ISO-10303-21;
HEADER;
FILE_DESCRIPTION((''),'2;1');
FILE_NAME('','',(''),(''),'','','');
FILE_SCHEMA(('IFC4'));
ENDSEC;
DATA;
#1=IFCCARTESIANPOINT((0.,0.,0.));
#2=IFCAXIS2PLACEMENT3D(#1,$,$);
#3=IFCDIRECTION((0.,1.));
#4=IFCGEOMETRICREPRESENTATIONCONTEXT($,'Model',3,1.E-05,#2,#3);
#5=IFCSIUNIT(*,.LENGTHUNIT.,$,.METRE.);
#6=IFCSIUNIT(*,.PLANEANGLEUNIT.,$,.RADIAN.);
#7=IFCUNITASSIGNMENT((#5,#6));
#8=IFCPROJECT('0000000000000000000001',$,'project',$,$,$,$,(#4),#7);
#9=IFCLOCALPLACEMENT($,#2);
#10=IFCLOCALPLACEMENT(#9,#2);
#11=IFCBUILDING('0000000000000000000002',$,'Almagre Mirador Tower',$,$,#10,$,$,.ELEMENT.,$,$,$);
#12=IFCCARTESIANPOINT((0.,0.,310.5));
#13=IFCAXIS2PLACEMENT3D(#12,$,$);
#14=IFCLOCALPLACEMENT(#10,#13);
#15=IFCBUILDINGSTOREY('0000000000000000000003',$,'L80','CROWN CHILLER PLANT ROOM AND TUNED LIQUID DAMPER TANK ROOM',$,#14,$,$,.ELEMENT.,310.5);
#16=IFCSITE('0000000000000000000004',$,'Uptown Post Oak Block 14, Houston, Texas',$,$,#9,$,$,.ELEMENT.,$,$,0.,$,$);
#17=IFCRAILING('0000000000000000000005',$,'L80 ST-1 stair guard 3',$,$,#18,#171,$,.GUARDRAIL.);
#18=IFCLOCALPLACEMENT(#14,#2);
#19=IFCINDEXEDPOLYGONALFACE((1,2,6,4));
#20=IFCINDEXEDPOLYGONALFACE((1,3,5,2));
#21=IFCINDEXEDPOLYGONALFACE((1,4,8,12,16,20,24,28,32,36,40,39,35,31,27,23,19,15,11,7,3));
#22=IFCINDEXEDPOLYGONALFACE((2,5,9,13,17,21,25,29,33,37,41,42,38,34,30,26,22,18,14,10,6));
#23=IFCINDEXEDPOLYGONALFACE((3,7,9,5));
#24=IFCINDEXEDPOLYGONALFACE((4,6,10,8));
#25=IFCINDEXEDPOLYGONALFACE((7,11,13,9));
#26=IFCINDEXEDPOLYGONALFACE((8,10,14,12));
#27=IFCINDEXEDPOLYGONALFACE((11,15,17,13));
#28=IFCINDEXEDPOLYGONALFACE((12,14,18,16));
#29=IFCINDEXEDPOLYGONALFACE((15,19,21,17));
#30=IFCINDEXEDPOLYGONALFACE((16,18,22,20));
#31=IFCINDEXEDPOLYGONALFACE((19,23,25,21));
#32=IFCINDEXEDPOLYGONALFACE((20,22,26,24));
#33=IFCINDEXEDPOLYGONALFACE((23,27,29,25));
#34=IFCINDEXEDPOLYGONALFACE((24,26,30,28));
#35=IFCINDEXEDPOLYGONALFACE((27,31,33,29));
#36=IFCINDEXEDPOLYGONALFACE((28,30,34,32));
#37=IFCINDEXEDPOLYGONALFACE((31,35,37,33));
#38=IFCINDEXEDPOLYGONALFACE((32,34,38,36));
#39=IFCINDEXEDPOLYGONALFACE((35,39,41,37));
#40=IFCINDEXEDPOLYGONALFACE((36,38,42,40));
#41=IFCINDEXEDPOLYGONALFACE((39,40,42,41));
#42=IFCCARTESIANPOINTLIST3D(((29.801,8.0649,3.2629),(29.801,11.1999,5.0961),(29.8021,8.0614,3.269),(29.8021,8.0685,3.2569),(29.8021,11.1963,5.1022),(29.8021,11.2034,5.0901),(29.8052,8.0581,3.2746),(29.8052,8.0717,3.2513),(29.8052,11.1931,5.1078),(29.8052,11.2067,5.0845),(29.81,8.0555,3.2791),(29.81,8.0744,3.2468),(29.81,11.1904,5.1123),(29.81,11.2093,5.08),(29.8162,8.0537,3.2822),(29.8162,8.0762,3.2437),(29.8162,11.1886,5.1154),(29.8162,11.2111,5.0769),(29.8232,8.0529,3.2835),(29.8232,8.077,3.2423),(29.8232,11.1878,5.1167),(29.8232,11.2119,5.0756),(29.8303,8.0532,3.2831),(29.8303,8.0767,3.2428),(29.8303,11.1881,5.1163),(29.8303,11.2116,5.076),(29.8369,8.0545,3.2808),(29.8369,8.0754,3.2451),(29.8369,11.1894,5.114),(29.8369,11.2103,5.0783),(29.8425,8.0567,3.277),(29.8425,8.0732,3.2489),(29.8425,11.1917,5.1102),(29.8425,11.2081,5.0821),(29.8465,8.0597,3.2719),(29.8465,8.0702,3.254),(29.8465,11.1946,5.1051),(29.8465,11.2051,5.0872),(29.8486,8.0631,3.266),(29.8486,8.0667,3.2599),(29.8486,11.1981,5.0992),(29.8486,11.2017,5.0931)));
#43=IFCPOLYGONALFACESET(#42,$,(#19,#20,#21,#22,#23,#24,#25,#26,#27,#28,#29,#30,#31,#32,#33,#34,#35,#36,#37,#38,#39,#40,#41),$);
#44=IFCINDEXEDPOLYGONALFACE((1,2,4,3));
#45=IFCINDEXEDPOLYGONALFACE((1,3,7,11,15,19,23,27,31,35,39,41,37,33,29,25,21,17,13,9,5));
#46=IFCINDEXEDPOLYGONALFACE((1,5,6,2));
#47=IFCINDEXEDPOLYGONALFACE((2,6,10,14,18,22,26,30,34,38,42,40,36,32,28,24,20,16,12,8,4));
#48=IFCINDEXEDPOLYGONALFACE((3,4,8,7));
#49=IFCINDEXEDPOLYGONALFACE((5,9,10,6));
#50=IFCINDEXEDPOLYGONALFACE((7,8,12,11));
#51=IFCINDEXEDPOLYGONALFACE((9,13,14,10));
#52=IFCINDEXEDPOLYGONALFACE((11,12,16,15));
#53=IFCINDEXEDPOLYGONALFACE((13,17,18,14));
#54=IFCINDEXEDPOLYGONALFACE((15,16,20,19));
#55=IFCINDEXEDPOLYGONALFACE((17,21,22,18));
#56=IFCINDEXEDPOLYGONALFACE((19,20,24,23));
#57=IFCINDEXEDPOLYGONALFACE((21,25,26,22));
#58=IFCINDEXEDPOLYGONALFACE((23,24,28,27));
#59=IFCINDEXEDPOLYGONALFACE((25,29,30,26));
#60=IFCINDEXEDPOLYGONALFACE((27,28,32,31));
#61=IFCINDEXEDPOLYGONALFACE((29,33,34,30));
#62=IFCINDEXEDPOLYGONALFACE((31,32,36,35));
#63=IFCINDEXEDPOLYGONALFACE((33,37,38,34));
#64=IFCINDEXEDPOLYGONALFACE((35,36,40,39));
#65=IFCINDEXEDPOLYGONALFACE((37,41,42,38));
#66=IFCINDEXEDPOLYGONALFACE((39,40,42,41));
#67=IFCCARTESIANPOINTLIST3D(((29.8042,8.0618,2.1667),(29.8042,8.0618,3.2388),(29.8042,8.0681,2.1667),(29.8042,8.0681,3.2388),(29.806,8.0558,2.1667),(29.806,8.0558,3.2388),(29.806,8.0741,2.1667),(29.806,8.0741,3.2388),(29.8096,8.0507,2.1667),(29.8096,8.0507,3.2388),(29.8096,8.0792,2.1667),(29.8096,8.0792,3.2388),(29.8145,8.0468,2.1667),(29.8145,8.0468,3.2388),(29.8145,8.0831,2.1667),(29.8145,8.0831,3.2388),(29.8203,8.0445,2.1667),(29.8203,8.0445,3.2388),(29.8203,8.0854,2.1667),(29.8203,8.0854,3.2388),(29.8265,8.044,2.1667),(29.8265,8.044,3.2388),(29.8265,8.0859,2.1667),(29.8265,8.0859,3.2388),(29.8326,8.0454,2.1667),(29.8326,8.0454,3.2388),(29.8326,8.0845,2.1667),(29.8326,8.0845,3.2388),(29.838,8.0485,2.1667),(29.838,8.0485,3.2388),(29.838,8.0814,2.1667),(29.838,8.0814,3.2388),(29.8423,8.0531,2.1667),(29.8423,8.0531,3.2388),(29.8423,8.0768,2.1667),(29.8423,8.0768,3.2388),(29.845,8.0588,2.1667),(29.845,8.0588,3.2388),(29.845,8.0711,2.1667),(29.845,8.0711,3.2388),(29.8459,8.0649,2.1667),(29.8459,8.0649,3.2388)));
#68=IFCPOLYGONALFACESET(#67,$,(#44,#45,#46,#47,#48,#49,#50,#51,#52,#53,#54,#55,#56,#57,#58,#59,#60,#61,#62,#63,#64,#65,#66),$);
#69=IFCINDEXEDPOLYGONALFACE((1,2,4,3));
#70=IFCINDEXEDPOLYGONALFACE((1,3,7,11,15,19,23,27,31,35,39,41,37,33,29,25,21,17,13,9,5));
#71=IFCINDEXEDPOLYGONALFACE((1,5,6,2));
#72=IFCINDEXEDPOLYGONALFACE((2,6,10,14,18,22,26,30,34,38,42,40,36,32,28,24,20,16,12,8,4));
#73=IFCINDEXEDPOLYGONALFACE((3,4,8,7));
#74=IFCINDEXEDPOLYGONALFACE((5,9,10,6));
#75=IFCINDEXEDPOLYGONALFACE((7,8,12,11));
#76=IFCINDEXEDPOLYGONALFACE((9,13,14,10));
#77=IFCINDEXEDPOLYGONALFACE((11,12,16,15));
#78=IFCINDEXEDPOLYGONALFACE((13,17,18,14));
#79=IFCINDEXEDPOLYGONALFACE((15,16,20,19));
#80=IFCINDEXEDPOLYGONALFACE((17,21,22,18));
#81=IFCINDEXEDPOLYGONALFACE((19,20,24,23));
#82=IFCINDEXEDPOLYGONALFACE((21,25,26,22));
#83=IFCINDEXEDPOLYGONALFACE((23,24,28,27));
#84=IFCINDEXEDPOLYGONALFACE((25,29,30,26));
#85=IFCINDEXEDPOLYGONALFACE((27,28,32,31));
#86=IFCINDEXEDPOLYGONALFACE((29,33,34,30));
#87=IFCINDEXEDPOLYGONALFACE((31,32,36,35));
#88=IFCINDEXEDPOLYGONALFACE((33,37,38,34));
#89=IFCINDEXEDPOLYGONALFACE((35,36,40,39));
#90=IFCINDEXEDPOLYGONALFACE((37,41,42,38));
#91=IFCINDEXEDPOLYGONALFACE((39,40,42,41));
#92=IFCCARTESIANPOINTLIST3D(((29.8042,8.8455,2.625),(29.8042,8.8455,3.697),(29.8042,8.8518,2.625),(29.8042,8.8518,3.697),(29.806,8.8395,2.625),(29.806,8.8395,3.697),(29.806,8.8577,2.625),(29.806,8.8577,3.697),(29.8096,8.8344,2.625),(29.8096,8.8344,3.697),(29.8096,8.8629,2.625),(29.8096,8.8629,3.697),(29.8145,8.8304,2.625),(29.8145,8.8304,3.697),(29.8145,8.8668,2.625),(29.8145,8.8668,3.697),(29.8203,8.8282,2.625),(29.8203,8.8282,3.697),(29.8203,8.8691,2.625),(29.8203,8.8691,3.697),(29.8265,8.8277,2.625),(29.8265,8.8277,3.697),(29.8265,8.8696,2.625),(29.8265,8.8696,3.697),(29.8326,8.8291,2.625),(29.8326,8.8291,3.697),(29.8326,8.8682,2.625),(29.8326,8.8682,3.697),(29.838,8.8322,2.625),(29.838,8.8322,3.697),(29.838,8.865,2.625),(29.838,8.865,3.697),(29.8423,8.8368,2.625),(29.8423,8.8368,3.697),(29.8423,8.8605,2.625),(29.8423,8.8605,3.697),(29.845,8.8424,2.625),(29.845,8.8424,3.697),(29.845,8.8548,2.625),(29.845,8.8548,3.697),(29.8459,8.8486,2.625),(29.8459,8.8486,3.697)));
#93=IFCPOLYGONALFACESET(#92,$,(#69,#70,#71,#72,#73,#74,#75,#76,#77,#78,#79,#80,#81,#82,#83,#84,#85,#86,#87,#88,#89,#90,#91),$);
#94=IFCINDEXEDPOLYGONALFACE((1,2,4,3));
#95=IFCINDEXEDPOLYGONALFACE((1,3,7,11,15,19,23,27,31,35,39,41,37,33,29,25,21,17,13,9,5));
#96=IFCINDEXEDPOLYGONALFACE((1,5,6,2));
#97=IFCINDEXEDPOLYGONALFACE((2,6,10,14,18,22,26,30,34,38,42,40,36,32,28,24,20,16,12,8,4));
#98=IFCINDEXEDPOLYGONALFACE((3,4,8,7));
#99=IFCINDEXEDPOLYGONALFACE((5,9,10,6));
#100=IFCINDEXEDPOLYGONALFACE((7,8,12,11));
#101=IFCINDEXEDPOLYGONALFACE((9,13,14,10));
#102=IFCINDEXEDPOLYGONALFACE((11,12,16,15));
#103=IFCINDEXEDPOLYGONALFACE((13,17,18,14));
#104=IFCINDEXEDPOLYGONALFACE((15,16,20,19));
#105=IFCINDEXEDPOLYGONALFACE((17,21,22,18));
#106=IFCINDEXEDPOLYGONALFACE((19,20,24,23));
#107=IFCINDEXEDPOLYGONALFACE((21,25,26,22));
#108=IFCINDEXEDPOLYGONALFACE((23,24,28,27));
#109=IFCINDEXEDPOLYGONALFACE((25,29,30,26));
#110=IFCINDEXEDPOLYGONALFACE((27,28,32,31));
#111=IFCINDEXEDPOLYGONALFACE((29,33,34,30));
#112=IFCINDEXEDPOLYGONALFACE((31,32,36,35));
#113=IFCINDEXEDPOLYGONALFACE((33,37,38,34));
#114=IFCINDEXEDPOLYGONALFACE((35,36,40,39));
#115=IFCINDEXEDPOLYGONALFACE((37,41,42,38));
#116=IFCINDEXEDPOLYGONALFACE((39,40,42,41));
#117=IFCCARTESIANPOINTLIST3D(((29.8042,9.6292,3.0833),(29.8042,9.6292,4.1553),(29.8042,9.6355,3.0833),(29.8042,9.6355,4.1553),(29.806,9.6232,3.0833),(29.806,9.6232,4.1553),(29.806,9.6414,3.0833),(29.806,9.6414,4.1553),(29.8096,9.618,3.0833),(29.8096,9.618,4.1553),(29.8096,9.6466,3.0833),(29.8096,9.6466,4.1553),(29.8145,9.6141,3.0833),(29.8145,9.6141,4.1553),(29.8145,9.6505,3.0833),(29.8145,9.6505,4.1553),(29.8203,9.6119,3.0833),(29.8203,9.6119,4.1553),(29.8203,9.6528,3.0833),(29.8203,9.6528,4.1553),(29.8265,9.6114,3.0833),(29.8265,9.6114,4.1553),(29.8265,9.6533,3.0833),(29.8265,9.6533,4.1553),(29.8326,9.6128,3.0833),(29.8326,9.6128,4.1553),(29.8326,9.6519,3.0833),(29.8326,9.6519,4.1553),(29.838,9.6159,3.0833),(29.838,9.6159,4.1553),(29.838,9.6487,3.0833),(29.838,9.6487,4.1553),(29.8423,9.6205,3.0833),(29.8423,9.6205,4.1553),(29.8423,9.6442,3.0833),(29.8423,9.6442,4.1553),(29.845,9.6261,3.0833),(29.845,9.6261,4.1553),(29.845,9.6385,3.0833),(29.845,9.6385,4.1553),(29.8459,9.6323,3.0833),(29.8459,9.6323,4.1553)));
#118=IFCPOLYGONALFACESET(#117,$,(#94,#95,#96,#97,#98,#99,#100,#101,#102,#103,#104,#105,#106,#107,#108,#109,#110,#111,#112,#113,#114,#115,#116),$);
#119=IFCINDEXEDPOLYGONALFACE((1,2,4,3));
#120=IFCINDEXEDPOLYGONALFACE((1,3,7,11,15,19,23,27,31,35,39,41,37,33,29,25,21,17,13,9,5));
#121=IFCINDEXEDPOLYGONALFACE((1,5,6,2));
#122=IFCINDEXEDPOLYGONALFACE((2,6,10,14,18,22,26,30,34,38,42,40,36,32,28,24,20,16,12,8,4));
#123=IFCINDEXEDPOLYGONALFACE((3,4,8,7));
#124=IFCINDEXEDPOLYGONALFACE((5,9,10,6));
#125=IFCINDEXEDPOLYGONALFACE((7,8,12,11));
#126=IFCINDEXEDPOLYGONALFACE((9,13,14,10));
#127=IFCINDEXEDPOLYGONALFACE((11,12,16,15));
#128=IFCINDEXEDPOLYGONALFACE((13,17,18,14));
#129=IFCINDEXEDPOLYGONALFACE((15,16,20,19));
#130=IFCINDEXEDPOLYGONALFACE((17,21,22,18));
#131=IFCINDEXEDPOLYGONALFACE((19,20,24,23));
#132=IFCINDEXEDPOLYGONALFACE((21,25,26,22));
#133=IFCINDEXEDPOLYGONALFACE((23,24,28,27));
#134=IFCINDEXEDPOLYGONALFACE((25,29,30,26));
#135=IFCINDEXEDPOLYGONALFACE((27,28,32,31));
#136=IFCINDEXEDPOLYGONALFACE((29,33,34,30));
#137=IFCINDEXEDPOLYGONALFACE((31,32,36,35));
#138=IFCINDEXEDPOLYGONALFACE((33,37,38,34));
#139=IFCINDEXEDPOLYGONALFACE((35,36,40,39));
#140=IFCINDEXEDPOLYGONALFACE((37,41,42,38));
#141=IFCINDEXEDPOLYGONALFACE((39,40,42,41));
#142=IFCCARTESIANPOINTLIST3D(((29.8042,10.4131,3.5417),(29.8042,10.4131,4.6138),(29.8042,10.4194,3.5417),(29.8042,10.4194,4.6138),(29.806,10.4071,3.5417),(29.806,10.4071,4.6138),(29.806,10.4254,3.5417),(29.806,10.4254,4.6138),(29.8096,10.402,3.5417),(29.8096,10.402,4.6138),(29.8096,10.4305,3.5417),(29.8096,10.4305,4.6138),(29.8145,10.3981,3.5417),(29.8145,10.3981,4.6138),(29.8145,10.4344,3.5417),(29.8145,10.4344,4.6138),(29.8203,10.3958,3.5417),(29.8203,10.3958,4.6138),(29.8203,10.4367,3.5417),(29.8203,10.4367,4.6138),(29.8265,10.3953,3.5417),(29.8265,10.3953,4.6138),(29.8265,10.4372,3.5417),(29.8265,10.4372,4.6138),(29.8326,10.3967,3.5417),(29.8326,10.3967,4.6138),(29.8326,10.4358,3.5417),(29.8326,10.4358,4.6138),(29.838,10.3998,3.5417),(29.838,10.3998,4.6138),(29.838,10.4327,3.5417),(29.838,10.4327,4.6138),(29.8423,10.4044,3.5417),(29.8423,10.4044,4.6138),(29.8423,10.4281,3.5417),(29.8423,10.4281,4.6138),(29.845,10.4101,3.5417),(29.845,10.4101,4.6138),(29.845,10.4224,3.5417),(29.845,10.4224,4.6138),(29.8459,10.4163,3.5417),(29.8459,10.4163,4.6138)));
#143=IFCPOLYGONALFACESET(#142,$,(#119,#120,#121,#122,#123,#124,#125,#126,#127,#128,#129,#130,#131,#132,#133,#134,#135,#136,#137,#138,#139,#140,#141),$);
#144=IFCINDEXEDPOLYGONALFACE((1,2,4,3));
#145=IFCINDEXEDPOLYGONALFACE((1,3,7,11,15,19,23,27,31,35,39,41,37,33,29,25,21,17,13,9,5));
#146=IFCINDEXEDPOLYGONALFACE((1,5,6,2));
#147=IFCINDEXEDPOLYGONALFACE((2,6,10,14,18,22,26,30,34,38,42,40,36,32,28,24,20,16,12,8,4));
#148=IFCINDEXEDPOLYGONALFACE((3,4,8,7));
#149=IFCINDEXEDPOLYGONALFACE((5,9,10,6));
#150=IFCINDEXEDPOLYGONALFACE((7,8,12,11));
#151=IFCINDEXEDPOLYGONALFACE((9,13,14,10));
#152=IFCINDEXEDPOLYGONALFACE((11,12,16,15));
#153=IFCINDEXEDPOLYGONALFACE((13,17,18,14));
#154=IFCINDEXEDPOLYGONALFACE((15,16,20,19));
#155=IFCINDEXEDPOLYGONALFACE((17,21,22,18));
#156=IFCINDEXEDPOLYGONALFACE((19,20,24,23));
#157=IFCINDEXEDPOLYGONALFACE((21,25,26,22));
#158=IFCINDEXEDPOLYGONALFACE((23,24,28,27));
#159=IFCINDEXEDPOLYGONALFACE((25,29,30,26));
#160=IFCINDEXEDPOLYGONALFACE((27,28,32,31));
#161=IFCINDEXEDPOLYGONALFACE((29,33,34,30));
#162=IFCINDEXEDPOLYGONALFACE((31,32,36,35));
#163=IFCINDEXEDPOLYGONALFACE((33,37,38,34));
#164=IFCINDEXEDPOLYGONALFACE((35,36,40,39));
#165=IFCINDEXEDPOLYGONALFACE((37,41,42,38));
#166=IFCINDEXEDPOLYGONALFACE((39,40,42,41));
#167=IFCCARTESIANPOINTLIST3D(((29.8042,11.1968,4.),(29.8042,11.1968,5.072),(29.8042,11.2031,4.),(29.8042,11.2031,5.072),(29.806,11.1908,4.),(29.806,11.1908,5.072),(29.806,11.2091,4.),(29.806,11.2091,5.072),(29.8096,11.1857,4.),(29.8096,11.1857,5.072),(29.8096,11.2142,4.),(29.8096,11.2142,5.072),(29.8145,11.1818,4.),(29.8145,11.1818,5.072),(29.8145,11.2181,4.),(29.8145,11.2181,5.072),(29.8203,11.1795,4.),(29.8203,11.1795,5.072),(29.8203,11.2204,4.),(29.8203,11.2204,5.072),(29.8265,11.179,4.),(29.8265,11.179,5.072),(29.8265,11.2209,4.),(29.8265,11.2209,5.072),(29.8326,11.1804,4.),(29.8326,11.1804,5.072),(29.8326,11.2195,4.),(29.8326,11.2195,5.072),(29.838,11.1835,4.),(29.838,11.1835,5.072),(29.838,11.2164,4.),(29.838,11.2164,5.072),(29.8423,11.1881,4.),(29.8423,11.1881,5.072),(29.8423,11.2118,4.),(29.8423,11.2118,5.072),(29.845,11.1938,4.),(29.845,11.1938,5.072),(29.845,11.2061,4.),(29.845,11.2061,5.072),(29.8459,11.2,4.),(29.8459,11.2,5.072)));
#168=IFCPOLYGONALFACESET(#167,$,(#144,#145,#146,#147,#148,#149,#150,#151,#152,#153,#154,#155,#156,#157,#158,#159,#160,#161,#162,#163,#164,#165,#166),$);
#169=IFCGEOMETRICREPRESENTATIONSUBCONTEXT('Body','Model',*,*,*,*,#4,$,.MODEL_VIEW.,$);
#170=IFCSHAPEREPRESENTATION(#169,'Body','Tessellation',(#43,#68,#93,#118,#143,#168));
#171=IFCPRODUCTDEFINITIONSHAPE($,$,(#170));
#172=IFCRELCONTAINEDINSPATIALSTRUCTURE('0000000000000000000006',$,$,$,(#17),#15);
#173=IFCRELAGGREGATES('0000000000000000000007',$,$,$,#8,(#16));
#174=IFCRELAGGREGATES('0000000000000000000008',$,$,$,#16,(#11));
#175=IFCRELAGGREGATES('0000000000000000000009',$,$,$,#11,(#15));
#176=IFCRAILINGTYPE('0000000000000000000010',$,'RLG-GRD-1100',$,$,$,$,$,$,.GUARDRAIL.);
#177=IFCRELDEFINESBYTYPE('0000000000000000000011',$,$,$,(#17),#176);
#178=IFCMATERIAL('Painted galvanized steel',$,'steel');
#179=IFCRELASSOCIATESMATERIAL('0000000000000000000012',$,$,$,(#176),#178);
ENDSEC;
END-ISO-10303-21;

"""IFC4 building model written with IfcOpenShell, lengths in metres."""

from ifc_helpers import new_model, si_unit, direction, frame, origin, origin_2d, place, context, subcontext, project, spatial, circle, extrude, material, type_object, element, save


model = new_model("IFC4")

# Units and contexts
model_context = context("Model", 3, precision=1e-05, world=origin(), true_north=direction((0.0, 1.0)))
body_context = subcontext(model_context, "Body", "Model", "MODEL_VIEW")
ifc_project = project(units=[si_unit("LENGTHUNIT", "METRE"), si_unit("PLANEANGLEUNIT", "RADIAN")], contexts=[model_context])

# Site, building, storey
site_placement = place(None, origin())
site = spatial("IfcSite", under=ifc_project, at=site_placement, Name="Uptown Post Oak Block 14, Houston, Texas", CompositionType="ELEMENT", RefElevation=0.0)
building_placement = place(site_placement, origin())
building = spatial("IfcBuilding", under=site, at=building_placement, Name="Almagre Mirador Tower", CompositionType="ELEMENT")
storey_placement = place(building_placement, frame((0.0, 0.0, 310.5)))
storey = spatial("IfcBuildingStorey", under=building, at=storey_placement, Name="L80", Description="CROWN CHILLER PLANT ROOM AND TUNED LIQUID DAMPER TANK ROOM", CompositionType="ELEMENT", Elevation=310.5)

# Railing
ifc_material_1 = material(Name="Painted galvanized steel", Category="steel")
railing_type_1 = type_object("IfcRailingType", Name="RLG-GRD-1100", PredefinedType="GUARDRAIL", material=ifc_material_1)
railing_1_placement = place(storey_placement, frame((29.825, 8.0649, 2.1667)))
element("IfcRailing", 1, at=railing_1_placement, inside=storey, type_object=railing_type_1, Name="L80 ST-1 stair guard 3", PredefinedType="GUARDRAIL", context=body_context, shape_type="SweptSolid", body=[
    extrude(circle(Radius=0.0239, at=origin_2d()), frame((0.0, 0.0, 1.0962), z_axis=(0.0, 0.86324, 0.504794), x_axis=(-1.0, 0.0, 0.0)), (0.0, 0.0, 1.0), 3.6316),
    extrude(circle(Radius=0.021, at=origin_2d()), origin(), (0.0, 0.0, 1.0), 1.072),
    extrude(circle(Radius=0.021, at=origin_2d()), frame((0.0, 0.7837, 0.4583)), (0.0, 0.0, 1.0), 1.072),
    extrude(circle(Radius=0.021, at=origin_2d()), frame((0.0, 1.5674, 0.9165)), (0.0, 0.0, 1.0), 1.072),
    extrude(circle(Radius=0.021, at=origin_2d()), frame((0.0, 2.3513, 1.375)), (0.0, 0.0, 1.0), 1.072),
    extrude(circle(Radius=0.021, at=origin_2d()), frame((0.0, 3.135, 1.8333)), (0.0, 0.0, 1.0), 1.072),
])

save(model, "model.ifc")
